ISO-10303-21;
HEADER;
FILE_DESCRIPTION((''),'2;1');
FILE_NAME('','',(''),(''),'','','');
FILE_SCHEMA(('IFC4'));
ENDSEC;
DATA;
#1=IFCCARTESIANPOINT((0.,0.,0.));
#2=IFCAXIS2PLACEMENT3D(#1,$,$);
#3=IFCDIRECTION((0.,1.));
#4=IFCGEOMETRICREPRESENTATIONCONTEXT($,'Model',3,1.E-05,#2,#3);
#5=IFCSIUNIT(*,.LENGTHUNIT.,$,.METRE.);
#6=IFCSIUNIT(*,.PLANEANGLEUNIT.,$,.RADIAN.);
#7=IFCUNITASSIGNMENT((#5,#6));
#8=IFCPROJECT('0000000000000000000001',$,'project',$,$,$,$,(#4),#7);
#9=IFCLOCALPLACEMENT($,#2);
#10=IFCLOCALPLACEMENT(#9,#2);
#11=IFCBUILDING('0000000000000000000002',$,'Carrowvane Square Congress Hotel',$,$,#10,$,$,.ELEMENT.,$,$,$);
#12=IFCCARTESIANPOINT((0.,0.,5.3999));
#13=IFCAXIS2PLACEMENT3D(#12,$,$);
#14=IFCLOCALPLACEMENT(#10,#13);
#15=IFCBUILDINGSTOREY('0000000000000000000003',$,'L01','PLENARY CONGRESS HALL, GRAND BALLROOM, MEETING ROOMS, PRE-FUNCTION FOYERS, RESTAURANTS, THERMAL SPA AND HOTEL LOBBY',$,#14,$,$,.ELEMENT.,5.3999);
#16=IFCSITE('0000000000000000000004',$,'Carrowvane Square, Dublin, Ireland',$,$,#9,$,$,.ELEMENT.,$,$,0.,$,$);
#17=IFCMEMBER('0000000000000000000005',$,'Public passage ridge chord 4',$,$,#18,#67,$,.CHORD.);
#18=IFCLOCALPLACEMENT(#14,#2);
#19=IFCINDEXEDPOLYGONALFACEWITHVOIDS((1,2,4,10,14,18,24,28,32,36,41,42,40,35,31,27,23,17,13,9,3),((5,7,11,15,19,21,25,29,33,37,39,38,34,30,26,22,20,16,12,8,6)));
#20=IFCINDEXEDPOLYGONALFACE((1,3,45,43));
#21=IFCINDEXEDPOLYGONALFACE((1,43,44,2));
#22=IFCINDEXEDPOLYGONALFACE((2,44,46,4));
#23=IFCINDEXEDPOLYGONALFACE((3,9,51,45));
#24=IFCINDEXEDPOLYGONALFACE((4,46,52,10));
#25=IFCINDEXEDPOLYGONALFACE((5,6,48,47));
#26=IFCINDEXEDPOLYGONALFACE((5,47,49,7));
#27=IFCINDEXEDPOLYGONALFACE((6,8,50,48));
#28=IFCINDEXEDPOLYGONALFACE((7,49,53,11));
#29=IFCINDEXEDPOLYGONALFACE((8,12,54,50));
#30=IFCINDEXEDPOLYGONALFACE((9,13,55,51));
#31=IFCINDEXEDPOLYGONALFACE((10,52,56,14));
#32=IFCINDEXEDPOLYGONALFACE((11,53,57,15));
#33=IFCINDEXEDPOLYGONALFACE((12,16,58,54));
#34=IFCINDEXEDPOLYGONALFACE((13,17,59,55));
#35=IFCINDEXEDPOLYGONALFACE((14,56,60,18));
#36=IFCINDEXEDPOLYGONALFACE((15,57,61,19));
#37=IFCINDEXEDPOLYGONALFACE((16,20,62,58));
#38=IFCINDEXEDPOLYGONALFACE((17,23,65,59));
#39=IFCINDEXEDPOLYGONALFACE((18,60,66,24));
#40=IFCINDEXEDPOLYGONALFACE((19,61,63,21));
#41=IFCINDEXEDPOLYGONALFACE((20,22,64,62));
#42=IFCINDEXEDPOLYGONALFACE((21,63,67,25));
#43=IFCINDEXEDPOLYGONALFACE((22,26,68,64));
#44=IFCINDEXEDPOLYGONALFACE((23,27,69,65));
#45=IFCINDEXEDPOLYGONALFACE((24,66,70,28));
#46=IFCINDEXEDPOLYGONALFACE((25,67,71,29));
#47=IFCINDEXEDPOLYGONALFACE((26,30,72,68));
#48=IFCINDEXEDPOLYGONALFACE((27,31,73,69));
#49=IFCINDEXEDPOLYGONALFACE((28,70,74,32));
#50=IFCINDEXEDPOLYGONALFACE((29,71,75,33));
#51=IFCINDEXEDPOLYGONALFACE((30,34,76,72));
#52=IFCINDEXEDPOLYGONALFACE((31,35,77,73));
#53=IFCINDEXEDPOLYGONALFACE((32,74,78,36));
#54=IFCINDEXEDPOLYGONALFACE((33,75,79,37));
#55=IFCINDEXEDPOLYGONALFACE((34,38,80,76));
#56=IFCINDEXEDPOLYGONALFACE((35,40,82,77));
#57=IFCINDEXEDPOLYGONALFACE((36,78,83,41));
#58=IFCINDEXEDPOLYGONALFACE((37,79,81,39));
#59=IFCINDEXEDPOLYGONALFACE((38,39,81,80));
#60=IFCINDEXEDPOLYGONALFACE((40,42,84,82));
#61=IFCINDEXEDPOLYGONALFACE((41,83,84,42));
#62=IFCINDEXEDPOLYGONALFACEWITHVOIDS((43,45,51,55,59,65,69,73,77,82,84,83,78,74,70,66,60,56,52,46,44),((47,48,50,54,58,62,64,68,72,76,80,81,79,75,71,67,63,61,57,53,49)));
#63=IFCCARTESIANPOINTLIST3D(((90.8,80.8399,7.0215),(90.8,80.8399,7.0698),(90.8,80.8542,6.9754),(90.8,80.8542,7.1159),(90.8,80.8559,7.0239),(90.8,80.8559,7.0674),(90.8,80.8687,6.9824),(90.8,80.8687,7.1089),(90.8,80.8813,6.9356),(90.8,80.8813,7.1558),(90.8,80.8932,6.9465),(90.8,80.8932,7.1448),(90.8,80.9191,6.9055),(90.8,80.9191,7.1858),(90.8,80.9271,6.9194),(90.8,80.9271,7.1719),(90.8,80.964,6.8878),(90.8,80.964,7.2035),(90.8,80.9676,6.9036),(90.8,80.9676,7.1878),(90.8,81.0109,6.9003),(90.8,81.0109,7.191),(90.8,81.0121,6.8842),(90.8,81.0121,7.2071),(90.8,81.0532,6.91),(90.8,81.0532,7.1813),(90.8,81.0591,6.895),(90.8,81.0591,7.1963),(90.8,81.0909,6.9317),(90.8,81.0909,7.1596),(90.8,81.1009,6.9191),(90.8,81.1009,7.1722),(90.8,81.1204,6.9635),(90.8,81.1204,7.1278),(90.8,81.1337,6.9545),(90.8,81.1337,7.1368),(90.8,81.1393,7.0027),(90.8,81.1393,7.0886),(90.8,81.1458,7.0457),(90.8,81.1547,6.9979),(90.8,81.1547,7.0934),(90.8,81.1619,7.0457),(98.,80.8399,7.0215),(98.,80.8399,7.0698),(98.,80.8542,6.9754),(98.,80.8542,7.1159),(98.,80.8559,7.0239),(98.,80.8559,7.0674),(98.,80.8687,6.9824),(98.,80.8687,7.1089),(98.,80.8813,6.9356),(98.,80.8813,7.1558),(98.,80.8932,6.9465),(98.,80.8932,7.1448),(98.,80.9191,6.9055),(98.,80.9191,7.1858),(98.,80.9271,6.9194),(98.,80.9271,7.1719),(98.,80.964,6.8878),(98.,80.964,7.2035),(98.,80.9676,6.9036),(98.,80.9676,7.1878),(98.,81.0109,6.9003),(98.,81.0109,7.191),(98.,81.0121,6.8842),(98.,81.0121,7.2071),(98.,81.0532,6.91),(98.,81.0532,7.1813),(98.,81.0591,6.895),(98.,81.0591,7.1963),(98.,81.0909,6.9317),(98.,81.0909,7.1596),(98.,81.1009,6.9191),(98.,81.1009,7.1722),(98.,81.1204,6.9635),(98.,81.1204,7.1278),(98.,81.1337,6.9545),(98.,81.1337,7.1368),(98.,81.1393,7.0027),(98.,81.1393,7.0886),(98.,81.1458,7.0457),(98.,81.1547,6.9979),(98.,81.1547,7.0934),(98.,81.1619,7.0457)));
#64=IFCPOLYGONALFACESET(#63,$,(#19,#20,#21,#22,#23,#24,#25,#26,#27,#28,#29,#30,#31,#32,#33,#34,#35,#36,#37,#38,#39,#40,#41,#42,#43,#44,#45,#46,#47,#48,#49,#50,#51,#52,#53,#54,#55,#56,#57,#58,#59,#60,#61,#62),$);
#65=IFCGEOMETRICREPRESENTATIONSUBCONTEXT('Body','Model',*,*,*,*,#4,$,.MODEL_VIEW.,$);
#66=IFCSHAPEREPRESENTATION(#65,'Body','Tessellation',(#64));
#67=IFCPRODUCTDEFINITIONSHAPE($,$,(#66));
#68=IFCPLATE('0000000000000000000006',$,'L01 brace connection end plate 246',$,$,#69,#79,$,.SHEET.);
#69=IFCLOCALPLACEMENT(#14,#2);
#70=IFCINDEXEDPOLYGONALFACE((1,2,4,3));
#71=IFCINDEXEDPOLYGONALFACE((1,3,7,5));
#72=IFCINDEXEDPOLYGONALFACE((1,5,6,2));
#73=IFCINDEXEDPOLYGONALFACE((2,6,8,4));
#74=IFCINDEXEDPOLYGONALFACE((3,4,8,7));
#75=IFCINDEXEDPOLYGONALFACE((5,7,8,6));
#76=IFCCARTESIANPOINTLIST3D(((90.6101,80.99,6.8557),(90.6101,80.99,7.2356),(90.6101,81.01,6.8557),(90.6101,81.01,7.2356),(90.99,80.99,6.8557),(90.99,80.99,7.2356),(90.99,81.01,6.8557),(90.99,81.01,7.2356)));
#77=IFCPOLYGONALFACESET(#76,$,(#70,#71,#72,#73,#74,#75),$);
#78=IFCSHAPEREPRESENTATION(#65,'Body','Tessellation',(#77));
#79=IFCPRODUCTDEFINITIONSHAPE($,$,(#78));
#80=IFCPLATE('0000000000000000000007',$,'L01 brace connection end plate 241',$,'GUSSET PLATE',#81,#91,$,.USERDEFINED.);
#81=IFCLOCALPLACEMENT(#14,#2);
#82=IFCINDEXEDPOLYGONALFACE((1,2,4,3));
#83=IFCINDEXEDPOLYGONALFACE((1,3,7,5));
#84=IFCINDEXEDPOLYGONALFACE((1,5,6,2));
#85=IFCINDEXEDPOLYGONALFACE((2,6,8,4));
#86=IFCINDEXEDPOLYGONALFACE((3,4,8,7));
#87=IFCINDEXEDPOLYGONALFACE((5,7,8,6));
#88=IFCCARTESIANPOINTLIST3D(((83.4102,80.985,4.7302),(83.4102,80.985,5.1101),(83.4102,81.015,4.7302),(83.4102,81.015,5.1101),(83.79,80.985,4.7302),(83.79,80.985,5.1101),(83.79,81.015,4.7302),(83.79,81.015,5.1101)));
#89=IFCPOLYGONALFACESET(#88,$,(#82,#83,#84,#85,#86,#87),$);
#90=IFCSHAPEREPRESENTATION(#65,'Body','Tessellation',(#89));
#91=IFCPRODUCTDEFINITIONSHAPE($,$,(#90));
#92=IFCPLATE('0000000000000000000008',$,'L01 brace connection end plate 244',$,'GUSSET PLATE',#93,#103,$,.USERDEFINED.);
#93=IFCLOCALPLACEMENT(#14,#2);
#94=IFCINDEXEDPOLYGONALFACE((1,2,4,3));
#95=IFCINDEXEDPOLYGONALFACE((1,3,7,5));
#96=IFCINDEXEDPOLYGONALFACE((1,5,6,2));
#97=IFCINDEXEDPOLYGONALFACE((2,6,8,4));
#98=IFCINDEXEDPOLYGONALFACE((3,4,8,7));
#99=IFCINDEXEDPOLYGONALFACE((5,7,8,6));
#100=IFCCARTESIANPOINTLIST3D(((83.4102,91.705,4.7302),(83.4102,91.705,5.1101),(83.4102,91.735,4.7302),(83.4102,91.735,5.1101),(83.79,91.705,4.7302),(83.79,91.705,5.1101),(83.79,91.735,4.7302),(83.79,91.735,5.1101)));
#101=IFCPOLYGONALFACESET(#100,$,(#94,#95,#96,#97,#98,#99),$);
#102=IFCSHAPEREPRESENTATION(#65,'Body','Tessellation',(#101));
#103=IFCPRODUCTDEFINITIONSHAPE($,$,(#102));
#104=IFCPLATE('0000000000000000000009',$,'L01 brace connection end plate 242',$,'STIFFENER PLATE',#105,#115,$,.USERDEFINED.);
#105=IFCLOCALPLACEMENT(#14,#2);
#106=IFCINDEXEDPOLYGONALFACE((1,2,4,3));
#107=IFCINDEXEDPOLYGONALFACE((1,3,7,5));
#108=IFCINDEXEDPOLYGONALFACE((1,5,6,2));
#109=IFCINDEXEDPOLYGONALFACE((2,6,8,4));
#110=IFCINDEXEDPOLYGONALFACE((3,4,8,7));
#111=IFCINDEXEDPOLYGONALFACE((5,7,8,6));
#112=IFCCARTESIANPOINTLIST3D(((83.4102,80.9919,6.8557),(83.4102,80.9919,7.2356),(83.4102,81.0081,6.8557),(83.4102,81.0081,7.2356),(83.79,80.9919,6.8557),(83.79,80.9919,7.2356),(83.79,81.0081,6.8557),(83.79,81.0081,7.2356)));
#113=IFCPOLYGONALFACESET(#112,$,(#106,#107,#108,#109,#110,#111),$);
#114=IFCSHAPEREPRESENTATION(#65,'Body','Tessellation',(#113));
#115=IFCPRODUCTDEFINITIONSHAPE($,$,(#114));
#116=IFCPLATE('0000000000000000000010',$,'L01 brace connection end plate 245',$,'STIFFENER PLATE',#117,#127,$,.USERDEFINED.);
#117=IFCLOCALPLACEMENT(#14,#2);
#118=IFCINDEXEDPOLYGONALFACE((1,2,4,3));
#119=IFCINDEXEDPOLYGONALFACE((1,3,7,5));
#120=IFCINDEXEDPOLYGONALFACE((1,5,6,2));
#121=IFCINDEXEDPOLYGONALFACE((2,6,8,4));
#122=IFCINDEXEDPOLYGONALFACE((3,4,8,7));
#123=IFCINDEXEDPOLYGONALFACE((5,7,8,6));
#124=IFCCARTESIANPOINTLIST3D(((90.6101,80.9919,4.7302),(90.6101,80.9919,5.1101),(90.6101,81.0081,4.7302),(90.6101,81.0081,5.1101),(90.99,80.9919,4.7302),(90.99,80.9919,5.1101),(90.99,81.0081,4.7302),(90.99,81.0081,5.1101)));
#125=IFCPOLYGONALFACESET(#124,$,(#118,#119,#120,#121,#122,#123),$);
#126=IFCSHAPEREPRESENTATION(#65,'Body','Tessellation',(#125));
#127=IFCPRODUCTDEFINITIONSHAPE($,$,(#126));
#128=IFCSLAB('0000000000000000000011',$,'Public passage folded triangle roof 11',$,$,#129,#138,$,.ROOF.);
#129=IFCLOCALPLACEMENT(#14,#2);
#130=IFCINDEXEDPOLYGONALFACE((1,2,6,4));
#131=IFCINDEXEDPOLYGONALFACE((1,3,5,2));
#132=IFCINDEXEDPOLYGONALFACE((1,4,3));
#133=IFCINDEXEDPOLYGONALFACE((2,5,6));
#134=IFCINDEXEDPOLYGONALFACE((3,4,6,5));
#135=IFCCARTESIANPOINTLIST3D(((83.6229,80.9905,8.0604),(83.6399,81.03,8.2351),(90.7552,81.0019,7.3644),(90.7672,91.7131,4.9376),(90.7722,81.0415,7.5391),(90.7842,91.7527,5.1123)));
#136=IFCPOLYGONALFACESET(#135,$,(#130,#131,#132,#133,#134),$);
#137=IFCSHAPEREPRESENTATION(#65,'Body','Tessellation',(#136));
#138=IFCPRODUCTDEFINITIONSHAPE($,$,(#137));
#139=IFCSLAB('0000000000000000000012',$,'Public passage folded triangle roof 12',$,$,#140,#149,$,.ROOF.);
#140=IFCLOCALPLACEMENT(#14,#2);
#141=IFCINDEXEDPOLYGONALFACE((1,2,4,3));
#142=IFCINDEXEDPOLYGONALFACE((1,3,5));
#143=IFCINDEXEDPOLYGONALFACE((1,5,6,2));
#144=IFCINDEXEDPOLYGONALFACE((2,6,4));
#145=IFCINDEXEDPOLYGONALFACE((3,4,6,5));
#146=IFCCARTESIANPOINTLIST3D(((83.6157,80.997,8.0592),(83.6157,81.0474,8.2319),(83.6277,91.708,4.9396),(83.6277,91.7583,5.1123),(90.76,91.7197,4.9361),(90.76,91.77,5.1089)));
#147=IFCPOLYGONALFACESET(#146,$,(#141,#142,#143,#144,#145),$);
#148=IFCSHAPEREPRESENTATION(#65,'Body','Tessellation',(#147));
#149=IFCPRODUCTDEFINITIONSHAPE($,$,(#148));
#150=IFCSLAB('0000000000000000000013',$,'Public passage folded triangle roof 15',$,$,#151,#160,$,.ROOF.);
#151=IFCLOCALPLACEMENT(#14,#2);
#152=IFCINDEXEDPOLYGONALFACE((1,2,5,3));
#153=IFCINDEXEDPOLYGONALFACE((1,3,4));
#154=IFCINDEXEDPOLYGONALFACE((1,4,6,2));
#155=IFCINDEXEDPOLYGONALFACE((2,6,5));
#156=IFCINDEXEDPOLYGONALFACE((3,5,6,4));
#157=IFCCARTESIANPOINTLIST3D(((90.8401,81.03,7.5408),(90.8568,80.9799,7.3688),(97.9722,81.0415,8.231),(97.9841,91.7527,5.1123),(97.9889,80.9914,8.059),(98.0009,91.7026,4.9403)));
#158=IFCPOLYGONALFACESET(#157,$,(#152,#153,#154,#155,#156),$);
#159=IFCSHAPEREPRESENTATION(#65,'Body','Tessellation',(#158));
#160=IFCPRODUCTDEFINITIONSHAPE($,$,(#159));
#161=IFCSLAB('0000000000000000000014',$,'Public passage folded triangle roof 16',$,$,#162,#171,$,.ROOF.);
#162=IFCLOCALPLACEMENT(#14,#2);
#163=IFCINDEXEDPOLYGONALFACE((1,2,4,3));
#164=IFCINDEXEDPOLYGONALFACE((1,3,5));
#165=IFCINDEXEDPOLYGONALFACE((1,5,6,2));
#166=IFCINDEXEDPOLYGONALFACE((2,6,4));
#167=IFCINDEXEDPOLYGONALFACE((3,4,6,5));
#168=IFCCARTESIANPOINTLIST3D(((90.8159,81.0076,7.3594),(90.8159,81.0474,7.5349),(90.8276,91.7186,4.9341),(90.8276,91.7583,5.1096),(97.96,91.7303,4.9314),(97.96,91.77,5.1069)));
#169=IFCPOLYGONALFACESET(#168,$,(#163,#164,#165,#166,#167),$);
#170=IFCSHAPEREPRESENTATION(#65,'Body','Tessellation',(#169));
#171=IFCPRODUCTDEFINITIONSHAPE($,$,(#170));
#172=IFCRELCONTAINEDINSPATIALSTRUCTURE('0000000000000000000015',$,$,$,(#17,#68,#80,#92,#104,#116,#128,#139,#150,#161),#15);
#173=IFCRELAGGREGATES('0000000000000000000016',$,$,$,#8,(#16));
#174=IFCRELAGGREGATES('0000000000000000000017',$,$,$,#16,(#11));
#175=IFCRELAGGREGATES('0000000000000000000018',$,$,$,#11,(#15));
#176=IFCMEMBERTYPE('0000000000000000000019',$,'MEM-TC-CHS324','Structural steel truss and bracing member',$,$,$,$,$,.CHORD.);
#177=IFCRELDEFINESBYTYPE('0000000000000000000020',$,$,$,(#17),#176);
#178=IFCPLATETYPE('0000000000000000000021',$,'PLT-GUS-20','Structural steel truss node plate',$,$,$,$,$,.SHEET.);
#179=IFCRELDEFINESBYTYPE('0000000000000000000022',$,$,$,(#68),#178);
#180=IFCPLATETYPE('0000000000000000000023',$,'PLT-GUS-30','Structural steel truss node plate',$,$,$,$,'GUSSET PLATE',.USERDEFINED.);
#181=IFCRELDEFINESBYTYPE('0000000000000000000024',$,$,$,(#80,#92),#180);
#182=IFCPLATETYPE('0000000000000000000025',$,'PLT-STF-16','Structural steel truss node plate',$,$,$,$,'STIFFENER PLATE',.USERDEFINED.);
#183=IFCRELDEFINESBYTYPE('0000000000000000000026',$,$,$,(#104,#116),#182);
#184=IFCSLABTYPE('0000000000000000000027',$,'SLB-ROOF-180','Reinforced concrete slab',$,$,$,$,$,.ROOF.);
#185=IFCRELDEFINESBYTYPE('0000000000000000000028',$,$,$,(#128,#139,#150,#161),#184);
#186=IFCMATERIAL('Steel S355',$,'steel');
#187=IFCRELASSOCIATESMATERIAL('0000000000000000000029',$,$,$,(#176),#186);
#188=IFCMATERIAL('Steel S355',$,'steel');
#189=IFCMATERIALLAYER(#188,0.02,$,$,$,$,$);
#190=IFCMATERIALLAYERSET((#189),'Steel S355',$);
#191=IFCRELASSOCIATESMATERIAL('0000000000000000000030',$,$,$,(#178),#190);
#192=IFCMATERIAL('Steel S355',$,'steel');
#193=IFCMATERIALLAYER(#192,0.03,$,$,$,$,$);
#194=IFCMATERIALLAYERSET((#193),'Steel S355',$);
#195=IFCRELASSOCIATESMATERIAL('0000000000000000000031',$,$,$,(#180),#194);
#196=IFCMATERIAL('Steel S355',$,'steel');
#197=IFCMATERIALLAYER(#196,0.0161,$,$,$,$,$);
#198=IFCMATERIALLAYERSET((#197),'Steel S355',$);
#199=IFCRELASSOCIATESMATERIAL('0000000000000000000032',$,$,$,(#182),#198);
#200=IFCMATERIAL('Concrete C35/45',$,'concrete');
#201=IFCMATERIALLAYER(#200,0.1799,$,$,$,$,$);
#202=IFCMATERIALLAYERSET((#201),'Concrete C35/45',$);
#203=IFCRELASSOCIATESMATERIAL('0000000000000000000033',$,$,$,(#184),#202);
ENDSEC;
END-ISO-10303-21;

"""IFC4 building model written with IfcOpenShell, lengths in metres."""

from ifc_helpers import new_model, si_unit, direction, frame, origin, origin_2d, place, context, subcontext, project, spatial, polyline, rectangle, hollow_circle, outline, extrude, material, layer, layer_set, material_profile, profile_set, type_object, element, save


model = new_model("IFC4")

# Units and contexts
model_context = context("Model", 3, precision=1e-05, world=origin(), true_north=direction((0.0, 1.0)))
body_context = subcontext(model_context, "Body", "Model", "MODEL_VIEW")
ifc_project = project(units=[si_unit("LENGTHUNIT", "METRE"), si_unit("PLANEANGLEUNIT", "RADIAN")], contexts=[model_context])

# Site, building, storey
site_placement = place(None, origin())
site = spatial("IfcSite", under=ifc_project, at=site_placement, Name="Carrowvane Square, Dublin, Ireland", CompositionType="ELEMENT", RefElevation=0.0)
building_placement = place(site_placement, origin())
building = spatial("IfcBuilding", under=site, at=building_placement, Name="Carrowvane Square Congress Hotel", CompositionType="ELEMENT")
storey_placement = place(building_placement, frame((0.0, 0.0, 5.3999)))
storey = spatial("IfcBuildingStorey", under=building, at=storey_placement, Name="L01", Description="PLENARY CONGRESS HALL, GRAND BALLROOM, MEETING ROOMS, PRE-FUNCTION FOYERS, RESTAURANTS, THERMAL SPA AND HOTEL LOBBY", CompositionType="ELEMENT", Elevation=5.3999)

# Member
ifc_material_1 = material(Name="Steel S355", Category="steel")
ifc_material_profile_1 = material_profile(ifc_material_1, hollow_circle(Radius=0.1619, WallThickness=0.0161, at=origin_2d()), Name="CHS 323.9x16")
ifc_profile_set_1 = profile_set([ifc_material_profile_1], Name="Steel S355")
member_type_1 = type_object("IfcMemberType", Name="MEM-TC-CHS324", Description="Structural steel truss and bracing member", PredefinedType="CHORD", material=ifc_profile_set_1)
member_1_placement = place(storey_placement, frame((90.8, 81.0, 7.0457), z_axis=(1.0, 0.0, 0.0), x_axis=(0.0, 1.0, 0.0)))
element("IfcMember", 1, at=member_1_placement, inside=storey, type_object=member_type_1, Name="Public passage ridge chord 4", PredefinedType="CHORD", context=body_context, shape_type="SweptSolid", body=[
    extrude(hollow_circle(Radius=0.1619, WallThickness=0.0161, at=origin_2d()), origin(), (0.0, 0.0, 1.0), 7.2),
])

# Plates
ifc_material_2 = material(Name="Steel S355", Category="steel")
ifc_layer_1 = layer(ifc_material_2, 0.02)
ifc_layer_set_1 = layer_set([ifc_layer_1], Name="Steel S355")
plate_type_1 = type_object("IfcPlateType", Name="PLT-GUS-20", Description="Structural steel truss node plate", PredefinedType="SHEET", material=ifc_layer_set_1)
plate_placement = place(storey_placement, frame((90.8, 81.0, 6.8557), z_axis=(0.0, 0.0, 1.0), x_axis=(1.0, 0.0, 0.0)))
element("IfcPlate", 2, at=plate_placement, inside=storey, type_object=plate_type_1, Name="L01 brace connection end plate 246", PredefinedType="SHEET", context=body_context, shape_type="SweptSolid", body=[
    extrude(rectangle(XDim=0.3799, YDim=0.02, at=origin_2d()), origin(), (0.0, 0.0, 1.0), 0.3799),
])
ifc_material_3 = material(Name="Steel S355", Category="steel")
ifc_layer_2 = layer(ifc_material_3, 0.03)
ifc_layer_set_2 = layer_set([ifc_layer_2], Name="Steel S355")
plate_type_2 = type_object("IfcPlateType", Name="PLT-GUS-30", Description="Structural steel truss node plate", ElementType="GUSSET PLATE", PredefinedType="USERDEFINED", material=ifc_layer_set_2)
for number, where, z_axis, x_axis, name in (
    (3, (83.6001, 81.0, 4.7302), (0.0, 0.0, 1.0), (1.0, 0.0, 0.0), "L01 brace connection end plate 241"),
    (4, (83.6001, 91.72, 4.7302), (0.0, 0.0, 1.0), (1.0, 0.0, 0.0), "L01 brace connection end plate 244"),
):
    element("IfcPlate", number, at=place(storey_placement, frame(where, z_axis=z_axis, x_axis=x_axis)), inside=storey, type_object=plate_type_2, Name=name, ObjectType="GUSSET PLATE", PredefinedType="USERDEFINED", context=body_context, shape_type="SweptSolid", body=[
        extrude(rectangle(XDim=0.3799, YDim=0.03, at=origin_2d()), origin(), (0.0, 0.0, 1.0), 0.3799),
    ])
ifc_material_4 = material(Name="Steel S355", Category="steel")
ifc_layer_3 = layer(ifc_material_4, 0.0161)
ifc_layer_set_3 = layer_set([ifc_layer_3], Name="Steel S355")
plate_type_3 = type_object("IfcPlateType", Name="PLT-STF-16", Description="Structural steel truss node plate", ElementType="STIFFENER PLATE", PredefinedType="USERDEFINED", material=ifc_layer_set_3)
for number, where, z_axis, x_axis, name in (
    (5, (83.6001, 81.0, 6.8557), (0.0, 0.0, 1.0), (1.0, 0.0, 0.0), "L01 brace connection end plate 242"),
    (6, (90.8, 81.0, 4.7302), (0.0, 0.0, 1.0), (1.0, 0.0, 0.0), "L01 brace connection end plate 245"),
):
    element("IfcPlate", number, at=place(storey_placement, frame(where, z_axis=z_axis, x_axis=x_axis)), inside=storey, type_object=plate_type_3, Name=name, ObjectType="STIFFENER PLATE", PredefinedType="USERDEFINED", context=body_context, shape_type="SweptSolid", body=[
        extrude(rectangle(XDim=0.3799, YDim=0.0161, at=origin_2d()), origin(), (0.0, 0.0, 1.0), 0.3799),
    ])

# Slabs
ifc_material_5 = material(Name="Concrete C35/45", Category="concrete")
ifc_layer_4 = layer(ifc_material_5, 0.1799)
ifc_layer_set_4 = layer_set([ifc_layer_4], Name="Concrete C35/45")
slab_type = type_object("IfcSlabType", Name="SLB-ROOF-180", Description="Reinforced concrete slab", PredefinedType="ROOF", material=ifc_layer_set_4)
slab_1_placement = place(storey_placement, frame((83.6399, 81.03, 8.2351), z_axis=(0.094401, 0.219876, 0.97095), x_axis=(0.995271, 0.001601, -0.097129)))
element("IfcSlab", 7, at=slab_1_placement, inside=storey, type_object=slab_type, Name="Public passage folded triangle roof 11", PredefinedType="ROOF", context=body_context, shape_type="SweptSolid", body=[
    extrude(outline(polyline([(0.0, 0.0), (7.1662, 0.0), (7.431, 10.9795), (0.0, 0.0)])), origin(), (0.0, 0.0, -1.0), 0.1799),
])
slab_2_placement = place(storey_placement, frame((83.6157, 81.0474, 8.2319), z_axis=(0.000001, 0.279637, 0.960106), x_axis=(0.538874, 0.80878, -0.235563)))
element("IfcSlab", 8, at=slab_2_placement, inside=storey, type_object=slab_type, Name="Public passage folded triangle roof 12", PredefinedType="ROOF", context=body_context, shape_type="SweptSolid", body=[
    extrude(outline(polyline([(0.0, 0.0), (13.2578, 0.0), (9.4041, 6.0016), (0.0, 0.0)])), origin(), (0.0, 0.0, -1.0), 0.1799),
])
slab_3_placement = place(storey_placement, frame((90.8401, 81.03, 7.5408), z_axis=(-0.092957, 0.278436, 0.955946), x_axis=(0.995349, 0.001601, 0.096322)))
element("IfcSlab", 9, at=slab_3_placement, inside=storey, type_object=slab_type, Name="Public passage folded triangle roof 15", PredefinedType="ROOF", context=body_context, shape_type="SweptSolid", body=[
    extrude(outline(polyline([(0.0, 0.0), (7.1654, 0.0), (6.8941, 11.1527), (0.0, 0.0)])), origin(), (0.0, 0.0, -1.0), 0.1799),
])
slab_4_placement = place(storey_placement, frame((90.8159, 81.0474, 7.5349), z_axis=(0.000004, 0.220841, 0.97531), x_axis=(0.544874, 0.817814, -0.185181)))
element("IfcSlab", 10, at=slab_4_placement, inside=storey, type_object=slab_type, Name="Public passage folded triangle roof 16", PredefinedType="ROOF", context=body_context, shape_type="SweptSolid", body=[
    extrude(outline(polyline([(0.0, 0.0), (13.1114, 0.0), (9.2151, 5.974), (0.0, 0.0)])), origin(), (0.0, 0.0, -1.0), 0.1799),
])

save(model, "model.ifc")
